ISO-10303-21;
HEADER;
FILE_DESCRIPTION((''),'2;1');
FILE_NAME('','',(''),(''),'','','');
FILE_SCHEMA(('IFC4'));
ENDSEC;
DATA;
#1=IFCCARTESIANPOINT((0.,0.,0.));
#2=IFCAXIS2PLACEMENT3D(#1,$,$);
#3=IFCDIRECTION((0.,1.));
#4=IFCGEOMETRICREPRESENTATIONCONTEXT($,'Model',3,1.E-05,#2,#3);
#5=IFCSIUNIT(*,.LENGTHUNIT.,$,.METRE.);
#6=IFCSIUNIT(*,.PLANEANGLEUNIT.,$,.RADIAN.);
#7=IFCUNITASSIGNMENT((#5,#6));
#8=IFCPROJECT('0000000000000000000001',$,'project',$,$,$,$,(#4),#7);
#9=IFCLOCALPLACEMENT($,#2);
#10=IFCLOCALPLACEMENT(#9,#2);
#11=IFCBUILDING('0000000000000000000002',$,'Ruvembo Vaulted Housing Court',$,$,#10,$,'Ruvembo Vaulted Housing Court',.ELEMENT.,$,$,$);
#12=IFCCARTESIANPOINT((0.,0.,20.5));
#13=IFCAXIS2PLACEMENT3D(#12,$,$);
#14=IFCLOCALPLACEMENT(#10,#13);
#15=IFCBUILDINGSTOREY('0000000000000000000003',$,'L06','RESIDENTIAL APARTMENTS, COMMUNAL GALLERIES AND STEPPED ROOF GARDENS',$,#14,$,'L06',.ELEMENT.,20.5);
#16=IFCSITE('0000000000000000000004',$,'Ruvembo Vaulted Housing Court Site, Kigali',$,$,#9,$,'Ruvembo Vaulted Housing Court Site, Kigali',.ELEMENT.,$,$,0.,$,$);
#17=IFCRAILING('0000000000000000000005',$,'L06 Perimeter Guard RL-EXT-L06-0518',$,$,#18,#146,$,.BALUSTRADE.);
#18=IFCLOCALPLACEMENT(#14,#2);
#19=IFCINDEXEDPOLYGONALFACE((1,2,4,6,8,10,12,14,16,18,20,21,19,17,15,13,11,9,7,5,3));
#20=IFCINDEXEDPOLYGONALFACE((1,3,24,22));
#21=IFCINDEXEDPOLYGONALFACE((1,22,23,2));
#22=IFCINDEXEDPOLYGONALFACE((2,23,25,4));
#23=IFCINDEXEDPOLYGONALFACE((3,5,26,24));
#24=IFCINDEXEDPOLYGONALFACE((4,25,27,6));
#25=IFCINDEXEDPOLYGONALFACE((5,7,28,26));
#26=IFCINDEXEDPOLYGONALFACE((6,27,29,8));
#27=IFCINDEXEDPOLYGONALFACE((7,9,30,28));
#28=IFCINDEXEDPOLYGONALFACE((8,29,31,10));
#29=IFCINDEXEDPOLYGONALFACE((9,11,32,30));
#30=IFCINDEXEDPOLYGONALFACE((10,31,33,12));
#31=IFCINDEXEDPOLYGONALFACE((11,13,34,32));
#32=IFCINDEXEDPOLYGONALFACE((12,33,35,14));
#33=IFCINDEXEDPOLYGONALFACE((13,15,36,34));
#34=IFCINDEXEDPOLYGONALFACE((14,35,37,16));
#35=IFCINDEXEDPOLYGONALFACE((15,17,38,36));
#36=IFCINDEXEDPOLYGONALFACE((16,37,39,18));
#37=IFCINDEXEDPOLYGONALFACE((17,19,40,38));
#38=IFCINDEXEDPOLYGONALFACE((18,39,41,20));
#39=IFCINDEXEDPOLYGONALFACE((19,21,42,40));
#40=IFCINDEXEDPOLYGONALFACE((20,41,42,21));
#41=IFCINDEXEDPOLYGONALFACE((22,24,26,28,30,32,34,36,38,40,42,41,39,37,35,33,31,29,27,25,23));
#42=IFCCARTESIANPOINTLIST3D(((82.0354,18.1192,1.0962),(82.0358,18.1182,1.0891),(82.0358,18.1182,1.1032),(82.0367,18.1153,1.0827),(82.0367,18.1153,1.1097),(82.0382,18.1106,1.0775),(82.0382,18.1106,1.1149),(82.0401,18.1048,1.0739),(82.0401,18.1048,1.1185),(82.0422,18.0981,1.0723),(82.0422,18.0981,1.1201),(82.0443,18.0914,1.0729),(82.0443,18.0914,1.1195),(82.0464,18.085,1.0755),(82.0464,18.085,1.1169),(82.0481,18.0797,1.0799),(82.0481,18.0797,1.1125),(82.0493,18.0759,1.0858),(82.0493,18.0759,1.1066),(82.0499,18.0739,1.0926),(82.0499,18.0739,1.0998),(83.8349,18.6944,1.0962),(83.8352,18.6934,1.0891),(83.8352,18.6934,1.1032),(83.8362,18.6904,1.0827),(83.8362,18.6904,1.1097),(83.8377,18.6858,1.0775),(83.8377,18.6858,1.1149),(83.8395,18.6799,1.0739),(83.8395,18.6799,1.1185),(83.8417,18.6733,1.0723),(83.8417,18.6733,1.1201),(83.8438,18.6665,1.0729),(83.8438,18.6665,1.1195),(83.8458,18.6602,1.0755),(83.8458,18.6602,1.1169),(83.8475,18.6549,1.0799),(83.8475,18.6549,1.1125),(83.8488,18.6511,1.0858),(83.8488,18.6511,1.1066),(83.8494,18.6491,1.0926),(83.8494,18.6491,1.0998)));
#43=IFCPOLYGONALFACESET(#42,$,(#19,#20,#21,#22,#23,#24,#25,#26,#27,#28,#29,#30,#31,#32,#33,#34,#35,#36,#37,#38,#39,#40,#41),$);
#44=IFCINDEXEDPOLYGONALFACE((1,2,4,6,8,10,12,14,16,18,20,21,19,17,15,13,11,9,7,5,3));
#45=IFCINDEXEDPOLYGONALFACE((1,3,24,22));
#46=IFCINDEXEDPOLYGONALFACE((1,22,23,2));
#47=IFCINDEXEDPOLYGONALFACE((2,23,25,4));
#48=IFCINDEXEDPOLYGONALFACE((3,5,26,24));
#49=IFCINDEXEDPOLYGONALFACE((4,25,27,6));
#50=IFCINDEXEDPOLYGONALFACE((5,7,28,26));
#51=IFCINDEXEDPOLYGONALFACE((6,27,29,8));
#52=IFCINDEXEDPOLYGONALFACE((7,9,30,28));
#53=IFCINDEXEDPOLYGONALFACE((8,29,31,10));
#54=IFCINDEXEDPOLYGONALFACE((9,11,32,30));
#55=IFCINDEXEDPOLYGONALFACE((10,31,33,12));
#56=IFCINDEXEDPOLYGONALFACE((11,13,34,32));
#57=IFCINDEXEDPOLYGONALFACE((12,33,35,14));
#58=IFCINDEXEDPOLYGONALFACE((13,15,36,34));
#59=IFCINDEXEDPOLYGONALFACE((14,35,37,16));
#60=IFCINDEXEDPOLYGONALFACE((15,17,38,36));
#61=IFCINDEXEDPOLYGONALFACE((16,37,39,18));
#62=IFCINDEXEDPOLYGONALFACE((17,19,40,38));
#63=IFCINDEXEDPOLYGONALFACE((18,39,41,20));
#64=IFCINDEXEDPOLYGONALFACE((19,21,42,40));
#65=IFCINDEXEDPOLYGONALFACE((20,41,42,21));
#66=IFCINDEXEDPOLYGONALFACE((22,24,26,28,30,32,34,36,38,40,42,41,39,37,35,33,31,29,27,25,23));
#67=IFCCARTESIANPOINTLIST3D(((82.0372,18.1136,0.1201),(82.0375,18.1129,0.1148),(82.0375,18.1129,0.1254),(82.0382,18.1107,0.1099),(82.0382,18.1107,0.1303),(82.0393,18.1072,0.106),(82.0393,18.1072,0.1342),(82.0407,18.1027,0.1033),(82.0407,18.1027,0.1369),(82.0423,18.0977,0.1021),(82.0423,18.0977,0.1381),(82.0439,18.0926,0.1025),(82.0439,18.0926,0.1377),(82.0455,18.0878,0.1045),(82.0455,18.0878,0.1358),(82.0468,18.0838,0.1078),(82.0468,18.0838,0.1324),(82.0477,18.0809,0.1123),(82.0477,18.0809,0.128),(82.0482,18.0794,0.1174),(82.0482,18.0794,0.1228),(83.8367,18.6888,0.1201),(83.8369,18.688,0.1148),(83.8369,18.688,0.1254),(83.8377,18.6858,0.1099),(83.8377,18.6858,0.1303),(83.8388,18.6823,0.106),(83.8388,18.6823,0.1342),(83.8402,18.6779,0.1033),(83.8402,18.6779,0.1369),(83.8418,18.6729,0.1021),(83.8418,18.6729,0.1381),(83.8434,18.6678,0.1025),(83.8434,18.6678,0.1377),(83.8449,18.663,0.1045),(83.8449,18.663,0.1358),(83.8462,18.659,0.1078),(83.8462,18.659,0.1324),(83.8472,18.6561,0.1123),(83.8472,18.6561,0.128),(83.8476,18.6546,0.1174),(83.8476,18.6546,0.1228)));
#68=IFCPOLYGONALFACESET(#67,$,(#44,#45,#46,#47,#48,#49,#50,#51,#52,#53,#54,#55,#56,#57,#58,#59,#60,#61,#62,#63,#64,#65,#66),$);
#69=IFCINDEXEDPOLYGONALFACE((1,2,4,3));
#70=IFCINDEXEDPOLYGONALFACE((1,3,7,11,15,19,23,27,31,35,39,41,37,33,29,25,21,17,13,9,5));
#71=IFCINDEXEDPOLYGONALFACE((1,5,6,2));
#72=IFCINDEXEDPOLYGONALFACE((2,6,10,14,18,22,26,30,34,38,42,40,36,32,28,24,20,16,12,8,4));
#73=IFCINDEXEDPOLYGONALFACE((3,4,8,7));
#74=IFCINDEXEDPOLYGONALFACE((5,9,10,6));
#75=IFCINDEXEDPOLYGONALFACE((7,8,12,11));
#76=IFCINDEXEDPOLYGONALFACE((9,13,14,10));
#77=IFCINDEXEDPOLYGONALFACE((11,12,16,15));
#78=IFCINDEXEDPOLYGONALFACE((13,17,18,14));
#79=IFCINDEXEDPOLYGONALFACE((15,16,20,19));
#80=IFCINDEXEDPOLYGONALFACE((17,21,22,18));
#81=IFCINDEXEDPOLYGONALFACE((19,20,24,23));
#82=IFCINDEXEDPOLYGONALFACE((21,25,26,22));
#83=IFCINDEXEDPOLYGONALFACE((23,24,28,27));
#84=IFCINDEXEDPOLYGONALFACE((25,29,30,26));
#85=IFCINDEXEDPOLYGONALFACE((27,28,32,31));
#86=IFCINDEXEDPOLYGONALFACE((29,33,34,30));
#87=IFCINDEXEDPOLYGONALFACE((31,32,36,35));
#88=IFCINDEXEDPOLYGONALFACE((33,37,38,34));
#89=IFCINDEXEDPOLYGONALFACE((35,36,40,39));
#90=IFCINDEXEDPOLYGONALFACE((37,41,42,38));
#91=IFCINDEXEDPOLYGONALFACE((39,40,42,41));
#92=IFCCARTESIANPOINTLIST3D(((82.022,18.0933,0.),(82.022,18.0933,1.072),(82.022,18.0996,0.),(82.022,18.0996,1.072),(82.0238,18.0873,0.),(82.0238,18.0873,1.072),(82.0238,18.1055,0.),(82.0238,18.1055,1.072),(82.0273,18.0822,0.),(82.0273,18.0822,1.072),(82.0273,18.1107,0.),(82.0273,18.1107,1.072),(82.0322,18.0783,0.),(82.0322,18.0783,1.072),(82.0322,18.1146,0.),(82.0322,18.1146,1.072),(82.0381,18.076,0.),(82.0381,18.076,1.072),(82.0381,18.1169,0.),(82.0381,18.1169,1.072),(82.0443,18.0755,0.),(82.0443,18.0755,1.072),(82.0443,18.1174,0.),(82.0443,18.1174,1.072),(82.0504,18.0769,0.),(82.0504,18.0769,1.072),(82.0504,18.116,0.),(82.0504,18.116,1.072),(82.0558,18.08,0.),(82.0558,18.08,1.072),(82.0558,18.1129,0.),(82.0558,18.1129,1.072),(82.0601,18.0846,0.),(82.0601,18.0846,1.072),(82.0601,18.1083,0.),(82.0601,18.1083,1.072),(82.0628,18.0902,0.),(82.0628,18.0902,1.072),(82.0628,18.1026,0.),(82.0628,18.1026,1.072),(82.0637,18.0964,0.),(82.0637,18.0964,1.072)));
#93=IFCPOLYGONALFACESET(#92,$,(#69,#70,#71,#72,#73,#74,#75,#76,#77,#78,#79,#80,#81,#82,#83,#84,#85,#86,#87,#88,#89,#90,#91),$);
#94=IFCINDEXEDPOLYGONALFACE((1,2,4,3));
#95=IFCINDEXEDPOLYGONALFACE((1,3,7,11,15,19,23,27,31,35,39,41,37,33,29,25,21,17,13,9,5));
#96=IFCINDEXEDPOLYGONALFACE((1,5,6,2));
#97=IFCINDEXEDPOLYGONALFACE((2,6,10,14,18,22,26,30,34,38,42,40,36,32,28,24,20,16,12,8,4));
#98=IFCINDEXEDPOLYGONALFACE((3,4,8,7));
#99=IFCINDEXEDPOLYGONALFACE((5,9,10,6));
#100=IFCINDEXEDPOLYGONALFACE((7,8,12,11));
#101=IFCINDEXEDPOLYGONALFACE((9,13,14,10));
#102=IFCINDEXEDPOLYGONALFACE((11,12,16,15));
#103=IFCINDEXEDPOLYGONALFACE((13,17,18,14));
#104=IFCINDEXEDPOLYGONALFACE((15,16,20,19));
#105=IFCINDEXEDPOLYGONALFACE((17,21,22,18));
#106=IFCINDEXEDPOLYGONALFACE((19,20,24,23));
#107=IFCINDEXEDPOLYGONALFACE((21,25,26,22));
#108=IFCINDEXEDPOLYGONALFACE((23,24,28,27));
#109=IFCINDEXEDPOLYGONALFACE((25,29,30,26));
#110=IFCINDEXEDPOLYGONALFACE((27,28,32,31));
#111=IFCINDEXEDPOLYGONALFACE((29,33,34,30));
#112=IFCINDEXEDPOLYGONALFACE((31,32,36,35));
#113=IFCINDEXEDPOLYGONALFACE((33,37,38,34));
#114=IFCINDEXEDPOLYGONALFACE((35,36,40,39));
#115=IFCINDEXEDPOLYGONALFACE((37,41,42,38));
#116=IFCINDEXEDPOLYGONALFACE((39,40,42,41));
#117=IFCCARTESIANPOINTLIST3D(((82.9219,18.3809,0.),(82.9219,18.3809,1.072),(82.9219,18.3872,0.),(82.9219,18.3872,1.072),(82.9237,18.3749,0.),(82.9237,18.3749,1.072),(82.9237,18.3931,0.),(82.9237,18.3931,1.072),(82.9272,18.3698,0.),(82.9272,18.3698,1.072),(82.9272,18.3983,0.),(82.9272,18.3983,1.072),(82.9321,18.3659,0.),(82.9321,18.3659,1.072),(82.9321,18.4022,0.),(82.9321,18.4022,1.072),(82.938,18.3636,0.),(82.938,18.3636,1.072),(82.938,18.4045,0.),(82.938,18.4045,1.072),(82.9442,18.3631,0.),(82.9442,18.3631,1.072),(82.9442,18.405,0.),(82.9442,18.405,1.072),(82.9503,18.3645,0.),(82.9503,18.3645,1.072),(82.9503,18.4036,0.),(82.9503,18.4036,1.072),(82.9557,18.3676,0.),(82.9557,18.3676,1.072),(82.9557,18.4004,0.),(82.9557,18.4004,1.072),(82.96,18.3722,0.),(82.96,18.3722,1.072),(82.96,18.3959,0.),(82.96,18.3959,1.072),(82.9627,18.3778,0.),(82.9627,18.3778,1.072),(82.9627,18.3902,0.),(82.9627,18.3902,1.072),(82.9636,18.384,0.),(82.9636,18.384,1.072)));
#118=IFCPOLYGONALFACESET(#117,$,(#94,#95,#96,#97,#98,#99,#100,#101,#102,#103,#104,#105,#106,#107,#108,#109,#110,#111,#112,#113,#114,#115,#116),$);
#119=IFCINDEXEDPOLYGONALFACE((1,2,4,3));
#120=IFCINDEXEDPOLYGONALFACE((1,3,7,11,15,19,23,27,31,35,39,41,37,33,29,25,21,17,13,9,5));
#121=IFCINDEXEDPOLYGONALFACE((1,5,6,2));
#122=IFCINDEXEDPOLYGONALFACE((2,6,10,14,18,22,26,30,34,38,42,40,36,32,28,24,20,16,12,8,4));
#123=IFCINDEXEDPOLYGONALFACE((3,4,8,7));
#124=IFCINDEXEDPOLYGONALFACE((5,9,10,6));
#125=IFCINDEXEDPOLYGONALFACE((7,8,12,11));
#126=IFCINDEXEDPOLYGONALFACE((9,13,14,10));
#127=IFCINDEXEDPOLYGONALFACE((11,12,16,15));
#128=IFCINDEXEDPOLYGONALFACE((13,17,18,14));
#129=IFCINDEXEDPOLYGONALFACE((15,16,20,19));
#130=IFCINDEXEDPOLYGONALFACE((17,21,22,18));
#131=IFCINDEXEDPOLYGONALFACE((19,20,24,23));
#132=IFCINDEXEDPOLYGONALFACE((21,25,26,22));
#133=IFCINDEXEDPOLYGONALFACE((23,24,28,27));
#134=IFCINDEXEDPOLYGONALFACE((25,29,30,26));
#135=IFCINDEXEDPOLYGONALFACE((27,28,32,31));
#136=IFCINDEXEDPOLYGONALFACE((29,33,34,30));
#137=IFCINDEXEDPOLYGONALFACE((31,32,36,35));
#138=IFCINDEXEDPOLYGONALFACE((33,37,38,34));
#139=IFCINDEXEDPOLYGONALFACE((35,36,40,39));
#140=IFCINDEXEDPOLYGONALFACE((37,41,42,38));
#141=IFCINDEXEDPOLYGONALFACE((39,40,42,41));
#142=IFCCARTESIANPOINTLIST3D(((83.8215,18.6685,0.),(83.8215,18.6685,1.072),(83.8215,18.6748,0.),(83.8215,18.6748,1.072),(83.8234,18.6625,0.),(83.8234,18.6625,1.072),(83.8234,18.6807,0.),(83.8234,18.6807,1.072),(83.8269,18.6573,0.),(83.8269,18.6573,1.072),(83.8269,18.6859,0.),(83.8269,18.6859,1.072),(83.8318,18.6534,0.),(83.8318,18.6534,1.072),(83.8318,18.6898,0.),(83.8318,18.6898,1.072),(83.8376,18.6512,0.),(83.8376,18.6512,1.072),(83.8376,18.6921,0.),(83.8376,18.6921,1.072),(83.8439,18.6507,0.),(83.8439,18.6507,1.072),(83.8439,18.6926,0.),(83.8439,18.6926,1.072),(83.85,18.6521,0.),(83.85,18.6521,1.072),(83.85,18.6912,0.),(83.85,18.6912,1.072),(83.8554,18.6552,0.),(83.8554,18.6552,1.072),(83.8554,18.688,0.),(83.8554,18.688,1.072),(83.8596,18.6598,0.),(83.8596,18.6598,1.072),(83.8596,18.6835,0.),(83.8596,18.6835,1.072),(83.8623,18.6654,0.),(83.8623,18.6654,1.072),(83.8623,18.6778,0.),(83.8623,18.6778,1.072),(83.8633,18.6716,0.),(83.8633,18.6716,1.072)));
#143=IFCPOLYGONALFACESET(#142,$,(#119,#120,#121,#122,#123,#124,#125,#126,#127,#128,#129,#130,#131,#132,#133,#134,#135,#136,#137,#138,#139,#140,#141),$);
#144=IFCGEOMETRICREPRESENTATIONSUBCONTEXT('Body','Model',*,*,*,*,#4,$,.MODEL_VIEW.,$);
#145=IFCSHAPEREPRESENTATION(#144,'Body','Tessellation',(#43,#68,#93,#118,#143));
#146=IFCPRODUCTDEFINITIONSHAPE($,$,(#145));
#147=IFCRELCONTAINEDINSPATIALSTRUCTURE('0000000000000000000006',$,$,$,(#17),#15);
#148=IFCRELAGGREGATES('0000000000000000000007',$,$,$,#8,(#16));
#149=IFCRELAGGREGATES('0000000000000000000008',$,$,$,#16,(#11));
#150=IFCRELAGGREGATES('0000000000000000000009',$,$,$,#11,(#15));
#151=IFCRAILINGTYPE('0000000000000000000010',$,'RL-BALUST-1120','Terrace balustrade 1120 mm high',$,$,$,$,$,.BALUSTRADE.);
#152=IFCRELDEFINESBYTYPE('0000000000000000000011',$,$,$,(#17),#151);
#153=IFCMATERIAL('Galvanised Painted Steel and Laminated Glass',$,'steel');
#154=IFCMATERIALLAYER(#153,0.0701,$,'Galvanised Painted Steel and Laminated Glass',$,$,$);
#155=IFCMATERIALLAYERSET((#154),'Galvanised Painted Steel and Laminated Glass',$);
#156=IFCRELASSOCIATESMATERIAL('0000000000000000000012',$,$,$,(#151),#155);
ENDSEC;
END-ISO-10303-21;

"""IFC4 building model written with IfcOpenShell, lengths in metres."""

from ifc_helpers import new_model, si_unit, direction, frame, origin, origin_2d, place, context, subcontext, project, spatial, circle, extrude, material, layer, layer_set, type_object, element, save


model = new_model("IFC4")

# Units and contexts
model_context = context("Model", 3, precision=1e-05, world=origin(), true_north=direction((0.0, 1.0)))
body_context = subcontext(model_context, "Body", "Model", "MODEL_VIEW")
ifc_project = project(units=[si_unit("LENGTHUNIT", "METRE"), si_unit("PLANEANGLEUNIT", "RADIAN")], contexts=[model_context])

# Site, building, storey
site_placement = place(None, origin())
site = spatial("IfcSite", under=ifc_project, at=site_placement, Name="Ruvembo Vaulted Housing Court Site, Kigali", LongName="Ruvembo Vaulted Housing Court Site, Kigali", CompositionType="ELEMENT", RefElevation=0.0)
building_placement = place(site_placement, origin())
building = spatial("IfcBuilding", under=site, at=building_placement, Name="Ruvembo Vaulted Housing Court", LongName="Ruvembo Vaulted Housing Court", CompositionType="ELEMENT")
storey_placement = place(building_placement, frame((0.0, 0.0, 20.5)))
storey = spatial("IfcBuildingStorey", under=building, at=storey_placement, Name="L06", Description="RESIDENTIAL APARTMENTS, COMMUNAL GALLERIES AND STEPPED ROOF GARDENS", LongName="L06", CompositionType="ELEMENT", Elevation=20.5)

# Railing
ifc_material_1 = material(Name="Galvanised Painted Steel and Laminated Glass", Category="steel")
ifc_layer = layer(ifc_material_1, 0.0701, Name="Galvanised Painted Steel and Laminated Glass")
ifc_layer_set = layer_set([ifc_layer], Name="Galvanised Painted Steel and Laminated Glass")
railing_type = type_object("IfcRailingType", Name="RL-BALUST-1120", Description="Terrace balustrade 1120 mm high", PredefinedType="BALUSTRADE", material=ifc_layer_set)
railing_1_placement = place(storey_placement, frame((82.0427, 18.0964, 0.0)))
element("IfcRailing", 1, at=railing_1_placement, inside=storey, type_object=railing_type, Name="L06 Perimeter Guard RL-EXT-L06-0518", PredefinedType="BALUSTRADE", context=body_context, shape_type="SweptSolid", body=[
    extrude(circle(Radius=0.0239, at=origin_2d()), frame((0.0, 0.0, 1.0962), z_axis=(0.952526, 0.304457, 0.0), x_axis=(-0.304457, 0.952526, 0.0)), (0.0, 0.0, 1.0), 1.8892),
    extrude(circle(Radius=0.0181, at=origin_2d()), frame((0.0, 0.0, 0.1201), z_axis=(0.952526, 0.304457, 0.0), x_axis=(-0.304457, 0.952526, 0.0)), (0.0, 0.0, 1.0), 1.8892),
    extrude(circle(Radius=0.021, at=origin_2d()), origin(), (0.0, 0.0, 1.0), 1.072),
    extrude(circle(Radius=0.021, at=origin_2d()), frame((0.8999, 0.2876, 0.0)), (0.0, 0.0, 1.0), 1.072),
    extrude(circle(Radius=0.021, at=origin_2d()), frame((1.7996, 0.5752, 0.0)), (0.0, 0.0, 1.0), 1.072),
])

save(model, "model.ifc")
